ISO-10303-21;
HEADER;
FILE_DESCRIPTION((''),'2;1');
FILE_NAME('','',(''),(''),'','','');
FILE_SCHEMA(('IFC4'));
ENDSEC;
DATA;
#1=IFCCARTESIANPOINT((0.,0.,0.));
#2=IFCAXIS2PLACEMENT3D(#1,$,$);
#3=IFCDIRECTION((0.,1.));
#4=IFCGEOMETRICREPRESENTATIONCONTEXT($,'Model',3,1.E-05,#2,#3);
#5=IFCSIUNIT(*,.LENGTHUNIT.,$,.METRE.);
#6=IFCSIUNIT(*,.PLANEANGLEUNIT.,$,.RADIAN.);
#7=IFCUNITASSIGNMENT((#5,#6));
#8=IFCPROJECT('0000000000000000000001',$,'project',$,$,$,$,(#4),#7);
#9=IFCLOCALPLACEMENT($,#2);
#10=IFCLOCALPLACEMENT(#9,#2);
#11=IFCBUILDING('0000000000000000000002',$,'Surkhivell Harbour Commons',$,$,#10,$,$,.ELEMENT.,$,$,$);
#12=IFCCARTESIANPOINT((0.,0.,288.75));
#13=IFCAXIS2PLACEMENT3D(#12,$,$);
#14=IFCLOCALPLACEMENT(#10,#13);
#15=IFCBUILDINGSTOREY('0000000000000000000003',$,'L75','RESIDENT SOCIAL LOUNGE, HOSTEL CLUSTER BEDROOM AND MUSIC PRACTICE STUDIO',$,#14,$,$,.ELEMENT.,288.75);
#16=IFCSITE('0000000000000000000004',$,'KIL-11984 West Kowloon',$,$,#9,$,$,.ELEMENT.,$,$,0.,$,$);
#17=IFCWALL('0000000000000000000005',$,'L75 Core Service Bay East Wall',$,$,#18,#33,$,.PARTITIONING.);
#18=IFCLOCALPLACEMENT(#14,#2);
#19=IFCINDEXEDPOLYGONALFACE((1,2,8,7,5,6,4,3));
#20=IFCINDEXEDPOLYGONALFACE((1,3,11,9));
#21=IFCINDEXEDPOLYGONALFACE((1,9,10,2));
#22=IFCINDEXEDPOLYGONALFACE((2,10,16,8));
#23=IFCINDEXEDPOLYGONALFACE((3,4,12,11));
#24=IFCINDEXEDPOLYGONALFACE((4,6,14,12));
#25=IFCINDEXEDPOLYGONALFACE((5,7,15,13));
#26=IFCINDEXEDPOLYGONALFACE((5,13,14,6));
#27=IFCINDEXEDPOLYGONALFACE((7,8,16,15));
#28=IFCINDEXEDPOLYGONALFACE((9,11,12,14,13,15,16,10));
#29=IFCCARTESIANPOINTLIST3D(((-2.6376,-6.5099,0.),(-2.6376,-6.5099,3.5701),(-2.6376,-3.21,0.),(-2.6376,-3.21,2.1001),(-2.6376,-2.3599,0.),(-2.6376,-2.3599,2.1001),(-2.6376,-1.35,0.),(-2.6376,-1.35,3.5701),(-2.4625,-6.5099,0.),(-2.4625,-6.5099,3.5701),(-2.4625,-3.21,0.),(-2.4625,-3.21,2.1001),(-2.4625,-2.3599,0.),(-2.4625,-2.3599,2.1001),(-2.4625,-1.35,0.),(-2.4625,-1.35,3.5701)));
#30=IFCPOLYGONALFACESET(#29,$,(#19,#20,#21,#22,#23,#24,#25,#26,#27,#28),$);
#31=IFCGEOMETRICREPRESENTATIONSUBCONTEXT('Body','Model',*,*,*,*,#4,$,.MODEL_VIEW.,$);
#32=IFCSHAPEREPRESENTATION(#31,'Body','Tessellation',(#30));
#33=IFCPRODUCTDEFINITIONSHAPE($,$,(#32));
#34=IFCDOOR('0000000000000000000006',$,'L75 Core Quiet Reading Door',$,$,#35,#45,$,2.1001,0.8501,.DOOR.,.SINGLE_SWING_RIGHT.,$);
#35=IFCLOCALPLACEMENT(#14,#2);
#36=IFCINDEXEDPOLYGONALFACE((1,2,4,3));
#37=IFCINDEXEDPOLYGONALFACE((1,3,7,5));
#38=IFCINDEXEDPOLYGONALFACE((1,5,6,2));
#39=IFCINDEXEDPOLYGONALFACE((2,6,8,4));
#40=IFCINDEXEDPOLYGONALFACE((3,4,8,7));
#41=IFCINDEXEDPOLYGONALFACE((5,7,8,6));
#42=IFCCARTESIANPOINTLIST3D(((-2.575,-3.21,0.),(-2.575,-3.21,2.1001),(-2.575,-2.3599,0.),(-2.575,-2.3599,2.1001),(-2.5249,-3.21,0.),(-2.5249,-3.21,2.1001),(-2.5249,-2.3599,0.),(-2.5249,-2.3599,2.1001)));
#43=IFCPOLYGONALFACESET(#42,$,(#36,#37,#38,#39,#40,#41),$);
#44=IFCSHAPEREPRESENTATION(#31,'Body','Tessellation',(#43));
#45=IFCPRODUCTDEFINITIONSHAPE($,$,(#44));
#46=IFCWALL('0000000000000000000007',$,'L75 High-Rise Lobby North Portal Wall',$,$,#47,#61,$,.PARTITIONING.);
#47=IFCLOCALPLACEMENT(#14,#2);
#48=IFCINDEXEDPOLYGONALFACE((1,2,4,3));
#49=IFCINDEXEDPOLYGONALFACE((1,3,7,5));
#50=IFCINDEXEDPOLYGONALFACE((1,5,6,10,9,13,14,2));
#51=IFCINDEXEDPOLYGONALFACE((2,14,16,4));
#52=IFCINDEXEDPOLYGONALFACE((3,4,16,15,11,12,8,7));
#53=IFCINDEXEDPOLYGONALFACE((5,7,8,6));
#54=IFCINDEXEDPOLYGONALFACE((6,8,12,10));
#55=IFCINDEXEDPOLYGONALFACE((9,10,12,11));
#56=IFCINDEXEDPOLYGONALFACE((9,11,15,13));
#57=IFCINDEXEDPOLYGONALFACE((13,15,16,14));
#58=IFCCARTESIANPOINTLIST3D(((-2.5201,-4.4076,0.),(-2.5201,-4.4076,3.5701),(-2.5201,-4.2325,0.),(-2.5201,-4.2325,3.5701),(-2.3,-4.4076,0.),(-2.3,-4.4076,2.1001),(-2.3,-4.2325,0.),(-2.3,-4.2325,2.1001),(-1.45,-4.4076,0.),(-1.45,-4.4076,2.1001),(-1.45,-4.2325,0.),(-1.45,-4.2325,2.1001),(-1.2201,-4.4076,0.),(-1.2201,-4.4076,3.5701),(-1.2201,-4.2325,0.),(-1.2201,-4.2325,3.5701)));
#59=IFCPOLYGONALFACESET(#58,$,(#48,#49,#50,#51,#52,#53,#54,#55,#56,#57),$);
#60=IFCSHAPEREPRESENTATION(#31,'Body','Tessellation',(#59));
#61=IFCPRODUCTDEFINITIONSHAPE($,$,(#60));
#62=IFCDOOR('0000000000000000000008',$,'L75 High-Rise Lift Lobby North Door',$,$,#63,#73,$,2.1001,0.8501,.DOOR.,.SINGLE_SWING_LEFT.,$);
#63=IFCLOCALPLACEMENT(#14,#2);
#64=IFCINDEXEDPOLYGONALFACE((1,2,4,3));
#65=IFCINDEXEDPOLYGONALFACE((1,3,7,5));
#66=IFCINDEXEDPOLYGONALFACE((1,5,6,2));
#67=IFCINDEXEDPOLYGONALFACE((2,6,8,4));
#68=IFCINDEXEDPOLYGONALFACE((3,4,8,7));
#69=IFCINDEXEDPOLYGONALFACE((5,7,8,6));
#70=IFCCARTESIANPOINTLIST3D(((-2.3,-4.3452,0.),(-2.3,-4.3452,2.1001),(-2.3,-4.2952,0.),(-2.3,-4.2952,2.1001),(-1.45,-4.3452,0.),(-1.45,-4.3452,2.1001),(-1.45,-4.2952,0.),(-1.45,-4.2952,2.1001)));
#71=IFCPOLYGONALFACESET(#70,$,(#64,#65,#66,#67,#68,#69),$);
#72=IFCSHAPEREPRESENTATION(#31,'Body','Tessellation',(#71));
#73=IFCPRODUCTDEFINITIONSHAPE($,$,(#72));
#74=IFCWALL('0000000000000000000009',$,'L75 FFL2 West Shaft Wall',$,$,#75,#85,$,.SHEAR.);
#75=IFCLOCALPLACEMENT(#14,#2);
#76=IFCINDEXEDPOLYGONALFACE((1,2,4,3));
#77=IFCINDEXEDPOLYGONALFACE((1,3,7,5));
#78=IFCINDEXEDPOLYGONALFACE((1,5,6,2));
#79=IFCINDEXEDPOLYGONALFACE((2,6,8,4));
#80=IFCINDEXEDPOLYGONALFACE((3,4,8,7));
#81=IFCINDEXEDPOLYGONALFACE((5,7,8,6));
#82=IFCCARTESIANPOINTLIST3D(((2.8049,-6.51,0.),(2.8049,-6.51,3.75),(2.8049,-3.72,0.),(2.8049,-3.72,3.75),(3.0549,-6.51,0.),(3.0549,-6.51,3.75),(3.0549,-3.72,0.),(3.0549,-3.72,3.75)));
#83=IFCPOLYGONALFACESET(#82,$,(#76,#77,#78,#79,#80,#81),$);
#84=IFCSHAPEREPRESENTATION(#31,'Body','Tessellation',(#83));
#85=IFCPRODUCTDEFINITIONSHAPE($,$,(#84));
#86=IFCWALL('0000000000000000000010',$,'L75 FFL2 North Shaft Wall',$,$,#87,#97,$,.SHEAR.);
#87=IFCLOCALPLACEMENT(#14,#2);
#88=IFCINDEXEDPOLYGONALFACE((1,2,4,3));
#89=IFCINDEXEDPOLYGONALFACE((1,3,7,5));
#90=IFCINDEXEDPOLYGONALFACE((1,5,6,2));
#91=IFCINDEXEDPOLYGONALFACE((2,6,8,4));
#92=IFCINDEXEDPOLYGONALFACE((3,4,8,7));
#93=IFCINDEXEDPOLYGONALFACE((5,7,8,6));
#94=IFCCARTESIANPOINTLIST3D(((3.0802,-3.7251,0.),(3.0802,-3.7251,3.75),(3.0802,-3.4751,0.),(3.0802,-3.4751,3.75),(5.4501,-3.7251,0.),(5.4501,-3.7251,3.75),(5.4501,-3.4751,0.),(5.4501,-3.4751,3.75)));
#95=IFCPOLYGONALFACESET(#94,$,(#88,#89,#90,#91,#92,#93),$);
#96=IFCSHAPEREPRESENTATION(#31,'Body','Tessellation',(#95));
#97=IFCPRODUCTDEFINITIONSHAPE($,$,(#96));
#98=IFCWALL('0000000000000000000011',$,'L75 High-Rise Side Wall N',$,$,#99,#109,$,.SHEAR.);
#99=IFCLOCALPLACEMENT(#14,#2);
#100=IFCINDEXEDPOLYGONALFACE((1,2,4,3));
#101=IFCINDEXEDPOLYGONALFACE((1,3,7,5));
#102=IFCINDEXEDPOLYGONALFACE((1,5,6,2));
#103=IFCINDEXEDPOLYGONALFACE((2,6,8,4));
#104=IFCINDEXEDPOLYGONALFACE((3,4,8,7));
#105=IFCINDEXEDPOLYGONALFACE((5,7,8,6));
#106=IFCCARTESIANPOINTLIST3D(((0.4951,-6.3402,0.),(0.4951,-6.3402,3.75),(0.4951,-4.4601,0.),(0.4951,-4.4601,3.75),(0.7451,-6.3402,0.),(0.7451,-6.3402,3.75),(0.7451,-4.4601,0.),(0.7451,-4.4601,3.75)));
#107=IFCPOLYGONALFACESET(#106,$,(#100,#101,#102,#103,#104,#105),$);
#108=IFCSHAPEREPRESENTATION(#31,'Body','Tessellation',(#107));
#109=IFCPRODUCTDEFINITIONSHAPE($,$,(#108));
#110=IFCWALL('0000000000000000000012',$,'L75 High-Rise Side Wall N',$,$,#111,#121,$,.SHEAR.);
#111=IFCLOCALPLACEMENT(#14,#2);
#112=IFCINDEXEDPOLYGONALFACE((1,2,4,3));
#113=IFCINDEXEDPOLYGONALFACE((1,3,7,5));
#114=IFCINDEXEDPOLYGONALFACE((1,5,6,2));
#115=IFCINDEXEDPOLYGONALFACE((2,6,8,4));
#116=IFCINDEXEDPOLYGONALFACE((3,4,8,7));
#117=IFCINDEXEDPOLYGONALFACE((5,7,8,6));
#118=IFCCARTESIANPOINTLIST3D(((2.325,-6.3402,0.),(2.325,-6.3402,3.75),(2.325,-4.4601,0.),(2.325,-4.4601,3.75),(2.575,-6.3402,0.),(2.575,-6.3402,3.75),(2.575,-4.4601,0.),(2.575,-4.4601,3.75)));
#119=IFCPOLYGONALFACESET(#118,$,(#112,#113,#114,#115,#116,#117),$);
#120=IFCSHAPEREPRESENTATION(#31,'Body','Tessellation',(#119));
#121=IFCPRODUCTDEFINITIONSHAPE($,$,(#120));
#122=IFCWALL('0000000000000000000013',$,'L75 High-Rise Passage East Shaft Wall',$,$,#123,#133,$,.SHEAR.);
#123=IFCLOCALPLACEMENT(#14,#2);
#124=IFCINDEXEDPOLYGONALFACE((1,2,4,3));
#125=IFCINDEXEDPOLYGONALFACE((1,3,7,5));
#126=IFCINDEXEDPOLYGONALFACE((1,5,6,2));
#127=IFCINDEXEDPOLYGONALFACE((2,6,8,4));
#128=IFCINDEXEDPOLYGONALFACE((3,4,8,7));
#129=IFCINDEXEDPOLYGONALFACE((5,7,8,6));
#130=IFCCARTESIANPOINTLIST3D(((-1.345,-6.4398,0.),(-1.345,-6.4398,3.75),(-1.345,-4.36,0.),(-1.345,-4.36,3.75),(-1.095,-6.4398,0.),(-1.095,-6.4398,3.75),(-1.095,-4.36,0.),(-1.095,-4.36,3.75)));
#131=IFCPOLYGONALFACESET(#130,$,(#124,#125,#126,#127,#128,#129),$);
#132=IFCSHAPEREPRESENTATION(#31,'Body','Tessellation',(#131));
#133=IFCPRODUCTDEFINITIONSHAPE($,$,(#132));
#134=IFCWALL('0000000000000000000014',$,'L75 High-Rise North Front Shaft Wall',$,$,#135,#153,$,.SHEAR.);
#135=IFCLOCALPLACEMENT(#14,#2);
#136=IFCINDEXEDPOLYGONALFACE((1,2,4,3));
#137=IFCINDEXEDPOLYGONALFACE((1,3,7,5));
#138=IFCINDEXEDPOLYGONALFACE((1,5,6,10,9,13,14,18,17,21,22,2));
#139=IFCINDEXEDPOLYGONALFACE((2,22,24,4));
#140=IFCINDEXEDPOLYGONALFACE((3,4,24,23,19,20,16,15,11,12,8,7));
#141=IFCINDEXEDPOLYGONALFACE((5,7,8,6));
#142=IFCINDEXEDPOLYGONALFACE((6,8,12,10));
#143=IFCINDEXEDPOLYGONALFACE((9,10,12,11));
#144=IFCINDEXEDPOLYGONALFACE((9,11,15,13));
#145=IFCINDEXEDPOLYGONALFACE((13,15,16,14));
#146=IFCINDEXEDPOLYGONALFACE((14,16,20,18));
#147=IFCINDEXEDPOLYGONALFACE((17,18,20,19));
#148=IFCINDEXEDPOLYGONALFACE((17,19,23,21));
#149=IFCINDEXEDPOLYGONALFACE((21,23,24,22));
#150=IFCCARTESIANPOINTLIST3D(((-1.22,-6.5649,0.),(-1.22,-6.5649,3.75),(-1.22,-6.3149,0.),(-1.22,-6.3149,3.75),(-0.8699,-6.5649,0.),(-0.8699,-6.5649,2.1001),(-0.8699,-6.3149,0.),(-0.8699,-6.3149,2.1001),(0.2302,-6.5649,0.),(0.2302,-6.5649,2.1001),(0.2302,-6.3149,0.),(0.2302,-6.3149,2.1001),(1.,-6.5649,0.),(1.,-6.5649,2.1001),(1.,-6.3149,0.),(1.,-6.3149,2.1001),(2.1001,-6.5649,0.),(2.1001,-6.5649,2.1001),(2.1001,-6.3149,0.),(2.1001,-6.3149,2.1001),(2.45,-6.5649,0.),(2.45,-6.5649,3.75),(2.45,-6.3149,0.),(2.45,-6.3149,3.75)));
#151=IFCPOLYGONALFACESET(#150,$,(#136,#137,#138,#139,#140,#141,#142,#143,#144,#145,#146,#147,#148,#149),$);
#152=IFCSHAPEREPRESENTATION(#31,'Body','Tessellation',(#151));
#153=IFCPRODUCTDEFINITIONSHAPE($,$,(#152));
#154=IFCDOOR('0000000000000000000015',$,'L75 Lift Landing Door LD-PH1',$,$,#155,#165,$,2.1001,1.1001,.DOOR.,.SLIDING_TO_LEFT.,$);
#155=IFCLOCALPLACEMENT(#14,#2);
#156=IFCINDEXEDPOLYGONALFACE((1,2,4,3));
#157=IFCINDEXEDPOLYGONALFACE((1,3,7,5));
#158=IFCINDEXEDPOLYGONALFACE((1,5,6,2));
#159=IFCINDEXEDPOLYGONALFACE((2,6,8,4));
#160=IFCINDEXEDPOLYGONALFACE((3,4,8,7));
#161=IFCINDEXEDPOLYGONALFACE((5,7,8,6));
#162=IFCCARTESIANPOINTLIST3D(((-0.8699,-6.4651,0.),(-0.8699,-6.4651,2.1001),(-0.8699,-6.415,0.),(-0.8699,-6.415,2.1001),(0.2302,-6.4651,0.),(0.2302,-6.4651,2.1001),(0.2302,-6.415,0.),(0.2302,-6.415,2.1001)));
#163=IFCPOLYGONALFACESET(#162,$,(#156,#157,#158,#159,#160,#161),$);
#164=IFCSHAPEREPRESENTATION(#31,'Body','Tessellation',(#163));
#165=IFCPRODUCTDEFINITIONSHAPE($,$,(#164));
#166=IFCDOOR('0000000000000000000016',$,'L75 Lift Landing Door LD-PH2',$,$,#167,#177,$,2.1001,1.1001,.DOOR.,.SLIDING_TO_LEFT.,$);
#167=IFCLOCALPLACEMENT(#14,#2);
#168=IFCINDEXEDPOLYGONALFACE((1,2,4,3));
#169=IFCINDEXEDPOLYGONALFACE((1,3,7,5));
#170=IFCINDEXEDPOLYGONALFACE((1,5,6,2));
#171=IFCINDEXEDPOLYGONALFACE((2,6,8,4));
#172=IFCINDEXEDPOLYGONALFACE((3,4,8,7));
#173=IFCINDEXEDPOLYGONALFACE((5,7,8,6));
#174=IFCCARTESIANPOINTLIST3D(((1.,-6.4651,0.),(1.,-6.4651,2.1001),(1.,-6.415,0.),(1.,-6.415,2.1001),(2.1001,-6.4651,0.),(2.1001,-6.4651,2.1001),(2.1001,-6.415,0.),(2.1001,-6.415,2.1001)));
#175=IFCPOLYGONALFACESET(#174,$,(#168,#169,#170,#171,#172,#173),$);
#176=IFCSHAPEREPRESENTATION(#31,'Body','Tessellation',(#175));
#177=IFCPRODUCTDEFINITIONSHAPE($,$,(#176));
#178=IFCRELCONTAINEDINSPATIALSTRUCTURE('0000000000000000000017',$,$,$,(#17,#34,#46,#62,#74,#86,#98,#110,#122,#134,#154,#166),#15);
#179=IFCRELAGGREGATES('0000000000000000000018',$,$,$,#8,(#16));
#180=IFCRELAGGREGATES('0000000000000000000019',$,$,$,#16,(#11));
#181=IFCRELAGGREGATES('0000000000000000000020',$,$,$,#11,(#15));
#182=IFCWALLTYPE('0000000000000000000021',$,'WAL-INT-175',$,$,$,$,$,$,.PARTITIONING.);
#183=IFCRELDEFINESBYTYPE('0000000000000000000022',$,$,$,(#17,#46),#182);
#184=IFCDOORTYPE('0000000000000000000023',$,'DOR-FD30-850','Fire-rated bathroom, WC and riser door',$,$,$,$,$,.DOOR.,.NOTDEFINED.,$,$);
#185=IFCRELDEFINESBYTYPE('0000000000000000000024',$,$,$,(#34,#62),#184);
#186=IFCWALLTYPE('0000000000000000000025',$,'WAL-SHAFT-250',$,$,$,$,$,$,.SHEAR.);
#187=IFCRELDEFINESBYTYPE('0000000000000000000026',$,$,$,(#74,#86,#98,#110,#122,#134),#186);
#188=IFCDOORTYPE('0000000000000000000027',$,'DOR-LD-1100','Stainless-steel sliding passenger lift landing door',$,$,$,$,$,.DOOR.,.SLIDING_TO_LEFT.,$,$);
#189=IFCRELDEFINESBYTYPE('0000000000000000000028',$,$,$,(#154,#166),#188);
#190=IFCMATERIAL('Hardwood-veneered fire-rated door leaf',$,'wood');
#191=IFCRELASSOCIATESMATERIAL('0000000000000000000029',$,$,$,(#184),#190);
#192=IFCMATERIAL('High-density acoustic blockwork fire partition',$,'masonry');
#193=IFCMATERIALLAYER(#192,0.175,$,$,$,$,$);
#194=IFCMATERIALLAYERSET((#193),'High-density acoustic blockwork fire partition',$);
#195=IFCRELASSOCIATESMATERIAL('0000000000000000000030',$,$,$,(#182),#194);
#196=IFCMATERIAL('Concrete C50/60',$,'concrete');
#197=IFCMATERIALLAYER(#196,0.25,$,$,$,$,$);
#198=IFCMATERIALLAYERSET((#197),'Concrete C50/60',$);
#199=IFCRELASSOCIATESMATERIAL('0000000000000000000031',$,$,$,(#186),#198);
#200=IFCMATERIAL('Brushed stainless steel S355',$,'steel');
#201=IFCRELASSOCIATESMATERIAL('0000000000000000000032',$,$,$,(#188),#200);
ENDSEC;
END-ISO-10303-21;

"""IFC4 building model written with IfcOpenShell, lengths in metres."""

from ifc_helpers import new_model, si_unit, direction, frame, frame_2d, origin, place, context, subcontext, project, spatial, rectangle, extrude, material, layer, layer_set, type_object, element, fill, save


model = new_model("IFC4")

# Units and contexts
model_context = context("Model", 3, precision=1e-05, world=origin(), true_north=direction((0.0, 1.0)))
body_context = subcontext(model_context, "Body", "Model", "MODEL_VIEW")
ifc_project = project(units=[si_unit("LENGTHUNIT", "METRE"), si_unit("PLANEANGLEUNIT", "RADIAN")], contexts=[model_context])

# Site, building, storey
site_placement = place(None, origin())
site = spatial("IfcSite", under=ifc_project, at=site_placement, Name="KIL-11984 West Kowloon", CompositionType="ELEMENT", RefElevation=0.0)
building_placement = place(site_placement, origin())
building = spatial("IfcBuilding", under=site, at=building_placement, Name="Surkhivell Harbour Commons", CompositionType="ELEMENT")
storey_placement = place(building_placement, frame((0.0, 0.0, 288.75)))
storey = spatial("IfcBuildingStorey", under=building, at=storey_placement, Name="L75", Description="RESIDENT SOCIAL LOUNGE, HOSTEL CLUSTER BEDROOM AND MUSIC PRACTICE STUDIO", CompositionType="ELEMENT", Elevation=288.75)

# Walls, openings, doors
ifc_material_1 = material(Name="Hardwood-veneered fire-rated door leaf", Category="wood")
door_type_1 = type_object("IfcDoorType", Name="DOR-FD30-850", Description="Fire-rated bathroom, WC and riser door", OperationType="NOTDEFINED", PredefinedType="DOOR", material=ifc_material_1)
ifc_material_2 = material(Name="High-density acoustic blockwork fire partition", Category="masonry")
ifc_layer_1 = layer(ifc_material_2, 0.175)
ifc_layer_set_1 = layer_set([ifc_layer_1], Name="High-density acoustic blockwork fire partition")
wall_type_1 = type_object("IfcWallType", Name="WAL-INT-175", PredefinedType="PARTITIONING", material=ifc_layer_set_1)
wall_1_placement = place(storey_placement, frame((-2.55, -6.51, 0.0), z_axis=(0.0, 0.0, 1.0), x_axis=(0.0, 1.0, 0.0)))
wall_1 = element("IfcWall", 1, at=wall_1_placement, inside=storey, type_object=wall_type_1, Name="L75 Core Service Bay East Wall", PredefinedType="PARTITIONING", context=body_context, shape_type="SweptSolid", body=[
    extrude(rectangle(XDim=5.1599, YDim=0.175, at=frame_2d((2.5801, 0.0))), origin(), (0.0, 0.0, 1.0), 3.5701),
])
opening_1_placement = place(wall_1_placement, frame((3.3, 0.0, 0.0)))
opening_1 = element("IfcOpeningElement", 2, at=opening_1_placement, cuts=wall_1, PredefinedType="OPENING", context=body_context, shape_type="SweptSolid", body=[
    extrude(rectangle(XDim=0.8501, YDim=2.1001, at=frame_2d((0.425, 1.05))), frame((0.0, 0.0974, 0.0), z_axis=(0.0, -1.0, 0.0), x_axis=(1.0, 0.0, 0.0)), (0.0, 0.0, 1.0), 0.1951),
])
door_1_placement = place(opening_1_placement, origin())
door_1 = element("IfcDoor", 3, at=door_1_placement, inside=storey, type_object=door_type_1, Name="L75 Core Quiet Reading Door", OperationType="SINGLE_SWING_RIGHT", OverallHeight=2.1001, OverallWidth=0.8501, PredefinedType="DOOR", context=body_context, shape_type="SweptSolid", body=[
    extrude(rectangle(XDim=0.8501, YDim=2.1001, at=frame_2d((0.425, 1.05))), frame((0.0, 0.0249, 0.0), z_axis=(0.0, -1.0, 0.0), x_axis=(1.0, 0.0, 0.0)), (0.0, 0.0, 1.0), 0.05),
])
fill(opening_1, door_1)
wall_2_placement = place(storey_placement, frame((-2.52, -4.3201, 0.0), z_axis=(0.0, 0.0, 1.0), x_axis=(1.0, 0.0, 0.0)))
wall_2 = element("IfcWall", 4, at=wall_2_placement, inside=storey, type_object=wall_type_1, Name="L75 High-Rise Lobby North Portal Wall", PredefinedType="PARTITIONING", context=body_context, shape_type="SweptSolid", body=[
    extrude(rectangle(XDim=1.3, YDim=0.175, at=frame_2d((0.6499, 0.0))), origin(), (0.0, 0.0, 1.0), 3.5701),
])
opening_2_placement = place(wall_2_placement, frame((0.22, 0.0, 0.0)))
opening_2 = element("IfcOpeningElement", 5, at=opening_2_placement, cuts=wall_2, PredefinedType="OPENING", context=body_context, shape_type="SweptSolid", body=[
    extrude(rectangle(XDim=0.8501, YDim=2.1001, at=frame_2d((0.425, 1.05))), frame((0.0, 0.0974, 0.0), z_axis=(0.0, -1.0, 0.0), x_axis=(1.0, 0.0, 0.0)), (0.0, 0.0, 1.0), 0.1951),
])
door_2_placement = place(opening_2_placement, origin())
door_2 = element("IfcDoor", 6, at=door_2_placement, inside=storey, type_object=door_type_1, Name="L75 High-Rise Lift Lobby North Door", OperationType="SINGLE_SWING_LEFT", OverallHeight=2.1001, OverallWidth=0.8501, PredefinedType="DOOR", context=body_context, shape_type="SweptSolid", body=[
    extrude(rectangle(XDim=0.8501, YDim=2.1001, at=frame_2d((0.425, 1.05))), frame((0.0, 0.0249, 0.0), z_axis=(0.0, -1.0, 0.0), x_axis=(1.0, 0.0, 0.0)), (0.0, 0.0, 1.0), 0.05),
])
fill(opening_2, door_2)

# Walls
ifc_material_3 = material(Name="Concrete C50/60", Category="concrete")
ifc_layer_2 = layer(ifc_material_3, 0.25)
ifc_layer_set_2 = layer_set([ifc_layer_2], Name="Concrete C50/60")
wall_type_2 = type_object("IfcWallType", Name="WAL-SHAFT-250", PredefinedType="SHEAR", material=ifc_layer_set_2)
wall_3_placement = place(storey_placement, frame((2.9299, -6.51, 0.0), z_axis=(0.0, 0.0, 1.0), x_axis=(0.0, 1.0, 0.0)))
element("IfcWall", 7, at=wall_3_placement, inside=storey, type_object=wall_type_2, Name="L75 FFL2 West Shaft Wall", PredefinedType="SHEAR", context=body_context, shape_type="SweptSolid", body=[
    extrude(rectangle(XDim=2.79, YDim=0.25, at=frame_2d((1.395, 0.0))), origin(), (0.0, 0.0, 1.0), 3.75),
])
wall_4_placement = place(storey_placement, frame((3.0801, -3.6001, 0.0), z_axis=(0.0, 0.0, 1.0), x_axis=(1.0, 0.0, 0.0)))
element("IfcWall", 8, at=wall_4_placement, inside=storey, type_object=wall_type_2, Name="L75 FFL2 North Shaft Wall", PredefinedType="SHEAR", context=body_context, shape_type="SweptSolid", body=[
    extrude(rectangle(XDim=2.3699, YDim=0.25, at=frame_2d((1.1851, 0.0))), origin(), (0.0, 0.0, 1.0), 3.75),
])
for number, where, z_axis, x_axis, name in (
    (9, (0.6201, -6.3401, 0.0), (0.0, 0.0, 1.0), (0.0, 1.0, 0.0), "L75 High-Rise Side Wall N"),
    (10, (2.45, -6.3401, 0.0), (0.0, 0.0, 1.0), (0.0, 1.0, 0.0), "L75 High-Rise Side Wall N"),
):
    element("IfcWall", number, at=place(storey_placement, frame(where, z_axis=z_axis, x_axis=x_axis)), inside=storey, type_object=wall_type_2, Name=name, PredefinedType="SHEAR", context=body_context, shape_type="SweptSolid", body=[
        extrude(rectangle(XDim=1.8801, YDim=0.25, at=frame_2d((0.9399, 0.0))), origin(), (0.0, 0.0, 1.0), 3.75),
    ])
wall_5_placement = place(storey_placement, frame((-1.22, -6.4399, 0.0), z_axis=(0.0, 0.0, 1.0), x_axis=(0.0, 1.0, 0.0)))
element("IfcWall", 11, at=wall_5_placement, inside=storey, type_object=wall_type_2, Name="L75 High-Rise Passage East Shaft Wall", PredefinedType="SHEAR", context=body_context, shape_type="SweptSolid", body=[
    extrude(rectangle(XDim=2.0798, YDim=0.25, at=frame_2d((1.04, 0.0))), origin(), (0.0, 0.0, 1.0), 3.75),
])

# Wall, openings, doors
wall_6_placement = place(storey_placement, frame((-1.22, -6.4399, 0.0), z_axis=(0.0, 0.0, 1.0), x_axis=(1.0, 0.0, 0.0)))
wall_6 = element("IfcWall", 12, at=wall_6_placement, inside=storey, type_object=wall_type_2, Name="L75 High-Rise North Front Shaft Wall", PredefinedType="SHEAR", context=body_context, shape_type="SweptSolid", body=[
    extrude(rectangle(XDim=3.6699, YDim=0.25, at=frame_2d((1.835, 0.0))), origin(), (0.0, 0.0, 1.0), 3.75),
])
opening_3_placement = place(wall_6_placement, frame((0.3501, 0.0, 0.0)))
opening_3 = element("IfcOpeningElement", 13, at=opening_3_placement, cuts=wall_6, PredefinedType="OPENING", context=body_context, shape_type="SweptSolid", body=[
    extrude(rectangle(XDim=1.1001, YDim=2.1001, at=frame_2d((0.55, 1.05))), frame((0.0, 0.135, 0.0), z_axis=(0.0, -1.0, 0.0), x_axis=(1.0, 0.0, 0.0)), (0.0, 0.0, 1.0), 0.27),
])
opening_4_placement = place(wall_6_placement, frame((2.22, 0.0, 0.0)))
opening_4 = element("IfcOpeningElement", 14, at=opening_4_placement, cuts=wall_6, PredefinedType="OPENING", context=body_context, shape_type="SweptSolid", body=[
    extrude(rectangle(XDim=1.1001, YDim=2.1001, at=frame_2d((0.55, 1.05))), frame((0.0, 0.135, 0.0), z_axis=(0.0, -1.0, 0.0), x_axis=(1.0, 0.0, 0.0)), (0.0, 0.0, 1.0), 0.27),
])
ifc_material_4 = material(Name="Brushed stainless steel S355", Category="steel")
door_type_2 = type_object("IfcDoorType", Name="DOR-LD-1100", Description="Stainless-steel sliding passenger lift landing door", OperationType="SLIDING_TO_LEFT", PredefinedType="DOOR", material=ifc_material_4)
door_3_placement = place(opening_3_placement, origin())
door_3 = element("IfcDoor", 15, at=door_3_placement, inside=storey, type_object=door_type_2, Name="L75 Lift Landing Door LD-PH1", OperationType="SLIDING_TO_LEFT", OverallHeight=2.1001, OverallWidth=1.1001, PredefinedType="DOOR", context=body_context, shape_type="SweptSolid", body=[
    extrude(rectangle(XDim=1.1001, YDim=2.1001, at=frame_2d((0.55, 1.05))), frame((0.0, 0.0249, 0.0), z_axis=(0.0, -1.0, 0.0), x_axis=(1.0, 0.0, 0.0)), (0.0, 0.0, 1.0), 0.05),
])
fill(opening_3, door_3)
door_4_placement = place(opening_4_placement, origin())
door_4 = element("IfcDoor", 16, at=door_4_placement, inside=storey, type_object=door_type_2, Name="L75 Lift Landing Door LD-PH2", OperationType="SLIDING_TO_LEFT", OverallHeight=2.1001, OverallWidth=1.1001, PredefinedType="DOOR", context=body_context, shape_type="SweptSolid", body=[
    extrude(rectangle(XDim=1.1001, YDim=2.1001, at=frame_2d((0.55, 1.05))), frame((0.0, 0.0249, 0.0), z_axis=(0.0, -1.0, 0.0), x_axis=(1.0, 0.0, 0.0)), (0.0, 0.0, 1.0), 0.05),
])
fill(opening_4, door_4)

save(model, "model.ifc")
